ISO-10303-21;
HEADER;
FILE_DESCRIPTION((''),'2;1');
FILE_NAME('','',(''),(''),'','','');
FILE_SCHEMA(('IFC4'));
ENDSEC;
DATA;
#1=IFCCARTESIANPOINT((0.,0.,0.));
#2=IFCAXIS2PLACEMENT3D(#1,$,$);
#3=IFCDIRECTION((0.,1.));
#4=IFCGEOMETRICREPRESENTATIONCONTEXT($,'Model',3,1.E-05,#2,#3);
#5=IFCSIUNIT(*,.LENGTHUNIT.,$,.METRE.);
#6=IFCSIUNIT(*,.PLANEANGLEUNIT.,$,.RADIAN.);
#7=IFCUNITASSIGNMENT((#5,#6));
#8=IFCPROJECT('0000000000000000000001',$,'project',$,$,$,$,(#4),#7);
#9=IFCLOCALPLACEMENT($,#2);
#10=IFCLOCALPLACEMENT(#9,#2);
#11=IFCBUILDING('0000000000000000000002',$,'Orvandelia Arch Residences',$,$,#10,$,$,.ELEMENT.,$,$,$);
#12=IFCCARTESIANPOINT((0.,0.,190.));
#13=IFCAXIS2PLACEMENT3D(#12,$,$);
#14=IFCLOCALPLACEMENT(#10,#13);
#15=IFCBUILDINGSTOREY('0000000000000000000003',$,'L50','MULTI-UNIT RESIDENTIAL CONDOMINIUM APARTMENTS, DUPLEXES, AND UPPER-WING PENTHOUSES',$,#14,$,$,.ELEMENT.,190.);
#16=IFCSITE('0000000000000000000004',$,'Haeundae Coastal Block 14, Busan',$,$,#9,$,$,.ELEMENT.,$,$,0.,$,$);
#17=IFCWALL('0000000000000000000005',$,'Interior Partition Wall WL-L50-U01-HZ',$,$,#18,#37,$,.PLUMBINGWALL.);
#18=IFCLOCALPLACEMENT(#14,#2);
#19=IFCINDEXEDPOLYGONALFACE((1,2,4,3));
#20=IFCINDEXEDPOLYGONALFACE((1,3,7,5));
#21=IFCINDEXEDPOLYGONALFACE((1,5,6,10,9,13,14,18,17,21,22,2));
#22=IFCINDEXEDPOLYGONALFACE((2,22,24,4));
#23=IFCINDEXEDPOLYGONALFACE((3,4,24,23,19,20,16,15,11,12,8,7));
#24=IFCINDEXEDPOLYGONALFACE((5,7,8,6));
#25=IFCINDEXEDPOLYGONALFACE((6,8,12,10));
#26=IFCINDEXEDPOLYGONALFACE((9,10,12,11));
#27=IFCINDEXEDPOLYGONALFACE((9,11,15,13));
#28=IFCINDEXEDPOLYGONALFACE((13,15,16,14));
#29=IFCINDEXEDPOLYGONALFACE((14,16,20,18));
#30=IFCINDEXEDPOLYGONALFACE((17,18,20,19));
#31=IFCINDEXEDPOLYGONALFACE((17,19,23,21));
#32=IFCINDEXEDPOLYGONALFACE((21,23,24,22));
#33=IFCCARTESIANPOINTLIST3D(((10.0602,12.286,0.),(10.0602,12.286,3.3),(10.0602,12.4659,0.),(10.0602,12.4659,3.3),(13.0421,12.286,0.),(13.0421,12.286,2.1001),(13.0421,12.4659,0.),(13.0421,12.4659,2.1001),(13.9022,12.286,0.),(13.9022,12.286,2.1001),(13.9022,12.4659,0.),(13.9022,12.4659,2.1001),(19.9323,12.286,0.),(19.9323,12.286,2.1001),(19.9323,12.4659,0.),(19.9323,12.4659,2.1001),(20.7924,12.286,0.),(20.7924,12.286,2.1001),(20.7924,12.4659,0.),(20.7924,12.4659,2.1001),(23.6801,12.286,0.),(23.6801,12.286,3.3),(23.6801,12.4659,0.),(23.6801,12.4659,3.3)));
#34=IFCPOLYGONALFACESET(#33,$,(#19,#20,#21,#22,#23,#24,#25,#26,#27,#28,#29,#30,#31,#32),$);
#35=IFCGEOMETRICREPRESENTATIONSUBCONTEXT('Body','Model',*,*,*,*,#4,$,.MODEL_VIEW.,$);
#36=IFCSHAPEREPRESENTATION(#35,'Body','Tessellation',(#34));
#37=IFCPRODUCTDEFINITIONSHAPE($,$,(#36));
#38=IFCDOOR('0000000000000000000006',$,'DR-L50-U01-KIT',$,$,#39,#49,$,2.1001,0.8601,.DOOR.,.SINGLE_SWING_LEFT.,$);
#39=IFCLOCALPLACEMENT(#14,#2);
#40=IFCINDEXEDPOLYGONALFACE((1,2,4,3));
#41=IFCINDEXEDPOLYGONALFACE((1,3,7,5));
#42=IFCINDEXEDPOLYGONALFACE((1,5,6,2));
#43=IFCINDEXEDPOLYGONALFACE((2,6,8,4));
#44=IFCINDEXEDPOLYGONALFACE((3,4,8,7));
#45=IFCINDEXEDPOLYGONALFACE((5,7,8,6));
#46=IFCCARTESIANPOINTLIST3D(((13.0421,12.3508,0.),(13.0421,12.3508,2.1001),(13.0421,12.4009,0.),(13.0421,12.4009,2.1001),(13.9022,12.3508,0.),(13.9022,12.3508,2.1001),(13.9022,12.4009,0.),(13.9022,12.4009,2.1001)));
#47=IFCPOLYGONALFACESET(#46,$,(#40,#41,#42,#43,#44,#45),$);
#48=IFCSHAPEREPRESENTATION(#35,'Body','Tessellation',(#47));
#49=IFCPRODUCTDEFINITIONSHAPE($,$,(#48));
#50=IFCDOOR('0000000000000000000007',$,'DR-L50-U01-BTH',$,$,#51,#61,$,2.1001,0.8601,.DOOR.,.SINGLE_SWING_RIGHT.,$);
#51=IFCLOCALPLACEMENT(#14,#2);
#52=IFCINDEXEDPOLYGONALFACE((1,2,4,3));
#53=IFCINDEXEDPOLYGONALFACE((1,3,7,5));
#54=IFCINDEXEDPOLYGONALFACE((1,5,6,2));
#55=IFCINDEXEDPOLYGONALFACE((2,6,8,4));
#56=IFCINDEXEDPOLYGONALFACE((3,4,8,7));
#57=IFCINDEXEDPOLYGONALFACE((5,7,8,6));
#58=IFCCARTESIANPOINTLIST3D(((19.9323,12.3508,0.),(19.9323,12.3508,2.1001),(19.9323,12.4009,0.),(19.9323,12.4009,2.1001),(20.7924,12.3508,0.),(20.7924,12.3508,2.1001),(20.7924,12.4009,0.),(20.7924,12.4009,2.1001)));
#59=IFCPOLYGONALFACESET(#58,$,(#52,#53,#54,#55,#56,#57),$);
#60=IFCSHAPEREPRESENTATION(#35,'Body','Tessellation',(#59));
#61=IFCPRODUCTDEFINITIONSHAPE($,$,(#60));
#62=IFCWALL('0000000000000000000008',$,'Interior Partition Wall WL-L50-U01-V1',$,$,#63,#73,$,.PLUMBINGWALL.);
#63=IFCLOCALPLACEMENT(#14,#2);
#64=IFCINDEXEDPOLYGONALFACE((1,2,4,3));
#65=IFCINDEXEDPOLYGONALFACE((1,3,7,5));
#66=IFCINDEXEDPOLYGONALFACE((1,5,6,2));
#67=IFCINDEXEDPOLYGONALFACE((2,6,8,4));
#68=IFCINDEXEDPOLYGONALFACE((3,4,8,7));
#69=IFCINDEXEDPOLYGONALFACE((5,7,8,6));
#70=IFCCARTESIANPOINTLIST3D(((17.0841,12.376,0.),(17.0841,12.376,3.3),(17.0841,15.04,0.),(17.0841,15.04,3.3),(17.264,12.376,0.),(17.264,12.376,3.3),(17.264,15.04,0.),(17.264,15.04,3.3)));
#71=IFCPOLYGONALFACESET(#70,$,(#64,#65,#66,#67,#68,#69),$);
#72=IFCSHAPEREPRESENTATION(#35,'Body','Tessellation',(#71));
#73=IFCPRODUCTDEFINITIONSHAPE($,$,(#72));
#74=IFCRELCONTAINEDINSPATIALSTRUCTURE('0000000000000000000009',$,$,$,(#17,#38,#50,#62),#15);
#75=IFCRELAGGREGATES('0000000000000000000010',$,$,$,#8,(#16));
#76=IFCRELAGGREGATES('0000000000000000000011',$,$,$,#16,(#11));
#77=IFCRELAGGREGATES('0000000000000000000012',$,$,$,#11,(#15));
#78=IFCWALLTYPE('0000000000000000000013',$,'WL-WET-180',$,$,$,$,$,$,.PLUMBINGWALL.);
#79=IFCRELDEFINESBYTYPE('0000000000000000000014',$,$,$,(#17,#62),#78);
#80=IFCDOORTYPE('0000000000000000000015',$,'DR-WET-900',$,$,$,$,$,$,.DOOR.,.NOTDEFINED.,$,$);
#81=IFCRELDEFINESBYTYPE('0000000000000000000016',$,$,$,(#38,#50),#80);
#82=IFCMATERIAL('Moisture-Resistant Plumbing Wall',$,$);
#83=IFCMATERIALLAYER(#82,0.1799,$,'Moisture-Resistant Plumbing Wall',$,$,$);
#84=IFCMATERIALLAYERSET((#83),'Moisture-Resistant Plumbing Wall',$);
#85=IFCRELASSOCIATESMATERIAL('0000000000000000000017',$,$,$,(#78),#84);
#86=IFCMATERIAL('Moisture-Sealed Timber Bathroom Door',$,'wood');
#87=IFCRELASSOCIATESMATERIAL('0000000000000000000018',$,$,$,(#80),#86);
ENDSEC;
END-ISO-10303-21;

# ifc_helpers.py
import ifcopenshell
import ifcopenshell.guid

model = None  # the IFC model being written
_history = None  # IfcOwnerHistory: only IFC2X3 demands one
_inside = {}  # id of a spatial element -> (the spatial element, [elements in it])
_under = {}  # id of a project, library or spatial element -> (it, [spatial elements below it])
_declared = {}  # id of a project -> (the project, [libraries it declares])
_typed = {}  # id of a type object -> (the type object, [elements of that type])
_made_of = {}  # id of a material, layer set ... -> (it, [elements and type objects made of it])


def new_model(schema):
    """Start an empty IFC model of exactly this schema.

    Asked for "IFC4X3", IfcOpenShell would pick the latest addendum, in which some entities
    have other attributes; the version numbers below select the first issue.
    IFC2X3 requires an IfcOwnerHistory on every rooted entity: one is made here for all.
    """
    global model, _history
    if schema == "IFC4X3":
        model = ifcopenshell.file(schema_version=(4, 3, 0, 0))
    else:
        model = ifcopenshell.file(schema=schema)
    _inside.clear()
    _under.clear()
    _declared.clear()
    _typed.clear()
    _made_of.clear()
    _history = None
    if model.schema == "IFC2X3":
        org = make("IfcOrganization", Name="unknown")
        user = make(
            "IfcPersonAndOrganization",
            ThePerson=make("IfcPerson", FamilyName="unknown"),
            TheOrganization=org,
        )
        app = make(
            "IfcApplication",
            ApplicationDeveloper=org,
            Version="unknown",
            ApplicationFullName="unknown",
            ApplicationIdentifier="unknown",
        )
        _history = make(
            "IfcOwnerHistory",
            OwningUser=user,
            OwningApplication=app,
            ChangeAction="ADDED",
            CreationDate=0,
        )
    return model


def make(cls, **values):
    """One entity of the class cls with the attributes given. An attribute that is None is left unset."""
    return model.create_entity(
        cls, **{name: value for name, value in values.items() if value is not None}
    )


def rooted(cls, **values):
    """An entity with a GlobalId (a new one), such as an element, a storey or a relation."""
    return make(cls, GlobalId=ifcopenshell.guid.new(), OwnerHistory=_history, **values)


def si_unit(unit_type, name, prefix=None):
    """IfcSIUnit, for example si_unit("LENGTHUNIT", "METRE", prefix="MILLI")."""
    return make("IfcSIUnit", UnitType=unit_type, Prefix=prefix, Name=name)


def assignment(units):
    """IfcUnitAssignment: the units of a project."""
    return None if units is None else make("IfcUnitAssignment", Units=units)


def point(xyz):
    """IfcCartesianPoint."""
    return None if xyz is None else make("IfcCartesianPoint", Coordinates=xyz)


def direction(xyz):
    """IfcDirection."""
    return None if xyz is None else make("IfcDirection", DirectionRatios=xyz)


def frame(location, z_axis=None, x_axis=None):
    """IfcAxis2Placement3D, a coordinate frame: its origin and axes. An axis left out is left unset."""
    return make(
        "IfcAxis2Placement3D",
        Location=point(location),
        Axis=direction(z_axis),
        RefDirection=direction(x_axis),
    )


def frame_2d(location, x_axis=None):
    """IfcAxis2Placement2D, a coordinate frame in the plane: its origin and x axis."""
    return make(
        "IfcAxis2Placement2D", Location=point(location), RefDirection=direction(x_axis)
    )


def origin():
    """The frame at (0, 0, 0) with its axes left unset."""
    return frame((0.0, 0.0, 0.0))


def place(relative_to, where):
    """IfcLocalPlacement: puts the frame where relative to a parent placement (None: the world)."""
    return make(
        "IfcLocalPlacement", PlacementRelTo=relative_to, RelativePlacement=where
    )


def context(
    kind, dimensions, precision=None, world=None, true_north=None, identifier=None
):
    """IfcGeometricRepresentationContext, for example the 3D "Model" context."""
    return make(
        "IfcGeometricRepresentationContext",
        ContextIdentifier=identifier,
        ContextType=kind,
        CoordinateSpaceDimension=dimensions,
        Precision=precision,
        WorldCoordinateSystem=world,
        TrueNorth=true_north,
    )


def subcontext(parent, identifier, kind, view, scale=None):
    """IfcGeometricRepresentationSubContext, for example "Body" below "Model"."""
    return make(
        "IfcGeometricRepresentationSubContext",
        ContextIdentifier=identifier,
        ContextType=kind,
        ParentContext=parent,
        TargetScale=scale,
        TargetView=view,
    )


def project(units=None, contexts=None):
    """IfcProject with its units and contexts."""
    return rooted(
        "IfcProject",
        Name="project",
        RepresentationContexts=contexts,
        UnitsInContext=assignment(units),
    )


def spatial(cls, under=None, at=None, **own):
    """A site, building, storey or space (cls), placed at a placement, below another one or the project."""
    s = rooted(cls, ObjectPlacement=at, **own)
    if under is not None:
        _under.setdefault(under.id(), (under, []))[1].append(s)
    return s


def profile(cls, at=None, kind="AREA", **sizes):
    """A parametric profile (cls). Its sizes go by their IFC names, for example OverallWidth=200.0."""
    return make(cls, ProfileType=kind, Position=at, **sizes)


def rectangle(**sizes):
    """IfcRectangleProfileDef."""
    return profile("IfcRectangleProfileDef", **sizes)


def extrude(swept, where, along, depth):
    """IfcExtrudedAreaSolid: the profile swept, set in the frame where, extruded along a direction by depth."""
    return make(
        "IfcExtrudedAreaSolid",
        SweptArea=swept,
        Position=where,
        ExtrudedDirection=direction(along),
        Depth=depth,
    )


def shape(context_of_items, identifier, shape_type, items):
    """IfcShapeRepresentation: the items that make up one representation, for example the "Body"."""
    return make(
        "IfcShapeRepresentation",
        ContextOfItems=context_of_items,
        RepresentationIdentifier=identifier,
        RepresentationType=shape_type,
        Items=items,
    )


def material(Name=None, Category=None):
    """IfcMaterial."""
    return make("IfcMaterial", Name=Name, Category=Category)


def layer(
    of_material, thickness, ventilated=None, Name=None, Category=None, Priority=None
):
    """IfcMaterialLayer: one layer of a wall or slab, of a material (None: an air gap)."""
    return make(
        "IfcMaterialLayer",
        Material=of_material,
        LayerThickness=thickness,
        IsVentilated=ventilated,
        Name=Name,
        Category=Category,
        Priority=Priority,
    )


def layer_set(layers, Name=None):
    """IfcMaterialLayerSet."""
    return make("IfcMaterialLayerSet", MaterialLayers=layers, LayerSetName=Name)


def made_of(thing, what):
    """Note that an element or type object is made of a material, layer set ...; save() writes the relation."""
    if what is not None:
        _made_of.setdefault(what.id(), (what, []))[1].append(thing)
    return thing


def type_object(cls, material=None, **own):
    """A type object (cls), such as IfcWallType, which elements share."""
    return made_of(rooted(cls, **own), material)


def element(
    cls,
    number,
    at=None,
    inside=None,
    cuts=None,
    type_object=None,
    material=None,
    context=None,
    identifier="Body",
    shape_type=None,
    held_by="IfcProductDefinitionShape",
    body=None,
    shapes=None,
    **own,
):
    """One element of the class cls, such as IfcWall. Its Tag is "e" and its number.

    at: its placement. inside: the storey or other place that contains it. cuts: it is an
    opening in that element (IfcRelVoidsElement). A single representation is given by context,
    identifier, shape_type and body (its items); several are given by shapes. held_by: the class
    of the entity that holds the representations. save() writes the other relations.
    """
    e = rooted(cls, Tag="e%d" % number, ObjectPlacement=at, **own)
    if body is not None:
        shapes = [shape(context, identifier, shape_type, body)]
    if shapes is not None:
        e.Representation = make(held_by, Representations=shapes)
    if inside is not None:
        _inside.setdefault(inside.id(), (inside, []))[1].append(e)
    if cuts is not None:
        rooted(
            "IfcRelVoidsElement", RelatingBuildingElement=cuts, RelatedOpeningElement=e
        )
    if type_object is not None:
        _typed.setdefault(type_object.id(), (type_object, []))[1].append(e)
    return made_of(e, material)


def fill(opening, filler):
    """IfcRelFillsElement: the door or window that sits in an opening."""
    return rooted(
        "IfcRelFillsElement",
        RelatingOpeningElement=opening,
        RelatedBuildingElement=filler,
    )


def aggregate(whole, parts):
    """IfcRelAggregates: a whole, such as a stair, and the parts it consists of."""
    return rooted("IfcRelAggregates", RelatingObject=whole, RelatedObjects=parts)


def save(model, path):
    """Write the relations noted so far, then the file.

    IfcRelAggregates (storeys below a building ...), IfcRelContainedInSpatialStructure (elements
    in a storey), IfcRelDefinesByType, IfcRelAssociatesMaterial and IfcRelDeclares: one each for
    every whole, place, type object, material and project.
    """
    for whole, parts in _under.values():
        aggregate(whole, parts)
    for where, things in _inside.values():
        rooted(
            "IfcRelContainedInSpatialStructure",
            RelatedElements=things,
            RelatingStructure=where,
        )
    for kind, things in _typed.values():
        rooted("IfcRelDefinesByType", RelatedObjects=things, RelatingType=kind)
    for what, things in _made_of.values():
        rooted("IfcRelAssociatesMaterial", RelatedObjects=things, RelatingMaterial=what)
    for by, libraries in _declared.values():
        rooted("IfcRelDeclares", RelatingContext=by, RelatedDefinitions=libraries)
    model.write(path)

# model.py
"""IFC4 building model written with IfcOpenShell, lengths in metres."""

from ifc_helpers import new_model, si_unit, direction, frame, frame_2d, origin, place, context, subcontext, project, spatial, rectangle, extrude, material, layer, layer_set, type_object, element, fill, save


model = new_model("IFC4")

# Units and contexts
model_context = context("Model", 3, precision=1e-05, world=origin(), true_north=direction((0.0, 1.0)))
body_context = subcontext(model_context, "Body", "Model", "MODEL_VIEW")
ifc_project = project(units=[si_unit("LENGTHUNIT", "METRE"), si_unit("PLANEANGLEUNIT", "RADIAN")], contexts=[model_context])

# Site, building, storey
site_placement = place(None, origin())
site = spatial("IfcSite", under=ifc_project, at=site_placement, Name="Haeundae Coastal Block 14, Busan", CompositionType="ELEMENT", RefElevation=0.0)
building_placement = place(site_placement, origin())
building = spatial("IfcBuilding", under=site, at=building_placement, Name="Orvandelia Arch Residences", CompositionType="ELEMENT")
storey_placement = place(building_placement, frame((0.0, 0.0, 190.0)))
storey = spatial("IfcBuildingStorey", under=building, at=storey_placement, Name="L50", Description="MULTI-UNIT RESIDENTIAL CONDOMINIUM APARTMENTS, DUPLEXES, AND UPPER-WING PENTHOUSES", CompositionType="ELEMENT", Elevation=190.0)

# Wall, openings, doors
ifc_material_1 = material(Name="Moisture-Resistant Plumbing Wall")
ifc_layer_1 = layer(ifc_material_1, 0.1799, Name="Moisture-Resistant Plumbing Wall")
ifc_layer_set_1 = layer_set([ifc_layer_1], Name="Moisture-Resistant Plumbing Wall")
wall_type_1 = type_object("IfcWallType", Name="WL-WET-180", PredefinedType="PLUMBINGWALL", material=ifc_layer_set_1)
wall_1_placement = place(storey_placement, frame((10.0601, 12.376, 0.0), z_axis=(0.0, 0.0, 1.0), x_axis=(1.0, 0.0, 0.0)))
wall_1 = element("IfcWall", 1, at=wall_1_placement, inside=storey, type_object=wall_type_1, Name="Interior Partition Wall WL-L50-U01-HZ", PredefinedType="PLUMBINGWALL", context=body_context, shape_type="SweptSolid", body=[
    extrude(rectangle(XDim=13.6199, YDim=0.1799, at=frame_2d((6.8101, 0.0))), origin(), (0.0, 0.0, 1.0), 3.3),
])
opening_1_placement = place(wall_1_placement, frame((2.9819, 0.0, 0.0)))
opening_1 = element("IfcOpeningElement", 2, at=opening_1_placement, cuts=wall_1, PredefinedType="OPENING", context=body_context, shape_type="SweptSolid", body=[
    extrude(rectangle(XDim=0.8601, YDim=2.1001, at=frame_2d((0.4302, 1.05))), frame((0.0, 0.1001, 0.0), z_axis=(0.0, -1.0, 0.0), x_axis=(1.0, 0.0, 0.0)), (0.0, 0.0, 1.0), 0.2),
])
opening_2_placement = place(wall_1_placement, frame((9.8721, 0.0, 0.0)))
opening_2 = element("IfcOpeningElement", 3, at=opening_2_placement, cuts=wall_1, PredefinedType="OPENING", context=body_context, shape_type="SweptSolid", body=[
    extrude(rectangle(XDim=0.8601, YDim=2.1001, at=frame_2d((0.4302, 1.05))), frame((0.0, 0.1001, 0.0), z_axis=(0.0, -1.0, 0.0), x_axis=(1.0, 0.0, 0.0)), (0.0, 0.0, 1.0), 0.2),
])
ifc_material_2 = material(Name="Moisture-Sealed Timber Bathroom Door", Category="wood")
door_type_1 = type_object("IfcDoorType", Name="DR-WET-900", OperationType="NOTDEFINED", PredefinedType="DOOR", material=ifc_material_2)
door_1_placement = place(opening_1_placement, origin())
door_1 = element("IfcDoor", 4, at=door_1_placement, inside=storey, type_object=door_type_1, Name="DR-L50-U01-KIT", OperationType="SINGLE_SWING_LEFT", OverallHeight=2.1001, OverallWidth=0.8601, PredefinedType="DOOR", context=body_context, shape_type="SweptSolid", body=[
    extrude(rectangle(XDim=0.8601, YDim=2.1001, at=frame_2d((0.4302, 1.05))), frame((0.0, 0.0249, 0.0), z_axis=(0.0, -1.0, 0.0), x_axis=(1.0, 0.0, 0.0)), (0.0, 0.0, 1.0), 0.05),
])
fill(opening_1, door_1)
door_2_placement = place(opening_2_placement, origin())
door_2 = element("IfcDoor", 5, at=door_2_placement, inside=storey, type_object=door_type_1, Name="DR-L50-U01-BTH", OperationType="SINGLE_SWING_RIGHT", OverallHeight=2.1001, OverallWidth=0.8601, PredefinedType="DOOR", context=body_context, shape_type="SweptSolid", body=[
    extrude(rectangle(XDim=0.8601, YDim=2.1001, at=frame_2d((0.4302, 1.05))), frame((0.0, 0.0249, 0.0), z_axis=(0.0, -1.0, 0.0), x_axis=(1.0, 0.0, 0.0)), (0.0, 0.0, 1.0), 0.05),
])
fill(opening_2, door_2)

# Wall
wall_2_placement = place(storey_placement, frame((17.1741, 12.376, 0.0), z_axis=(0.0, 0.0, 1.0), x_axis=(0.0, 1.0, 0.0)))
element("IfcWall", 6, at=wall_2_placement, inside=storey, type_object=wall_type_1, Name="Interior Partition Wall WL-L50-U01-V1", PredefinedType="PLUMBINGWALL", context=body_context, shape_type="SweptSolid", body=[
    extrude(rectangle(XDim=2.6641, YDim=0.1799, at=frame_2d((1.332, 0.0))), origin(), (0.0, 0.0, 1.0), 3.3),
])

save(model, "model.ifc")
